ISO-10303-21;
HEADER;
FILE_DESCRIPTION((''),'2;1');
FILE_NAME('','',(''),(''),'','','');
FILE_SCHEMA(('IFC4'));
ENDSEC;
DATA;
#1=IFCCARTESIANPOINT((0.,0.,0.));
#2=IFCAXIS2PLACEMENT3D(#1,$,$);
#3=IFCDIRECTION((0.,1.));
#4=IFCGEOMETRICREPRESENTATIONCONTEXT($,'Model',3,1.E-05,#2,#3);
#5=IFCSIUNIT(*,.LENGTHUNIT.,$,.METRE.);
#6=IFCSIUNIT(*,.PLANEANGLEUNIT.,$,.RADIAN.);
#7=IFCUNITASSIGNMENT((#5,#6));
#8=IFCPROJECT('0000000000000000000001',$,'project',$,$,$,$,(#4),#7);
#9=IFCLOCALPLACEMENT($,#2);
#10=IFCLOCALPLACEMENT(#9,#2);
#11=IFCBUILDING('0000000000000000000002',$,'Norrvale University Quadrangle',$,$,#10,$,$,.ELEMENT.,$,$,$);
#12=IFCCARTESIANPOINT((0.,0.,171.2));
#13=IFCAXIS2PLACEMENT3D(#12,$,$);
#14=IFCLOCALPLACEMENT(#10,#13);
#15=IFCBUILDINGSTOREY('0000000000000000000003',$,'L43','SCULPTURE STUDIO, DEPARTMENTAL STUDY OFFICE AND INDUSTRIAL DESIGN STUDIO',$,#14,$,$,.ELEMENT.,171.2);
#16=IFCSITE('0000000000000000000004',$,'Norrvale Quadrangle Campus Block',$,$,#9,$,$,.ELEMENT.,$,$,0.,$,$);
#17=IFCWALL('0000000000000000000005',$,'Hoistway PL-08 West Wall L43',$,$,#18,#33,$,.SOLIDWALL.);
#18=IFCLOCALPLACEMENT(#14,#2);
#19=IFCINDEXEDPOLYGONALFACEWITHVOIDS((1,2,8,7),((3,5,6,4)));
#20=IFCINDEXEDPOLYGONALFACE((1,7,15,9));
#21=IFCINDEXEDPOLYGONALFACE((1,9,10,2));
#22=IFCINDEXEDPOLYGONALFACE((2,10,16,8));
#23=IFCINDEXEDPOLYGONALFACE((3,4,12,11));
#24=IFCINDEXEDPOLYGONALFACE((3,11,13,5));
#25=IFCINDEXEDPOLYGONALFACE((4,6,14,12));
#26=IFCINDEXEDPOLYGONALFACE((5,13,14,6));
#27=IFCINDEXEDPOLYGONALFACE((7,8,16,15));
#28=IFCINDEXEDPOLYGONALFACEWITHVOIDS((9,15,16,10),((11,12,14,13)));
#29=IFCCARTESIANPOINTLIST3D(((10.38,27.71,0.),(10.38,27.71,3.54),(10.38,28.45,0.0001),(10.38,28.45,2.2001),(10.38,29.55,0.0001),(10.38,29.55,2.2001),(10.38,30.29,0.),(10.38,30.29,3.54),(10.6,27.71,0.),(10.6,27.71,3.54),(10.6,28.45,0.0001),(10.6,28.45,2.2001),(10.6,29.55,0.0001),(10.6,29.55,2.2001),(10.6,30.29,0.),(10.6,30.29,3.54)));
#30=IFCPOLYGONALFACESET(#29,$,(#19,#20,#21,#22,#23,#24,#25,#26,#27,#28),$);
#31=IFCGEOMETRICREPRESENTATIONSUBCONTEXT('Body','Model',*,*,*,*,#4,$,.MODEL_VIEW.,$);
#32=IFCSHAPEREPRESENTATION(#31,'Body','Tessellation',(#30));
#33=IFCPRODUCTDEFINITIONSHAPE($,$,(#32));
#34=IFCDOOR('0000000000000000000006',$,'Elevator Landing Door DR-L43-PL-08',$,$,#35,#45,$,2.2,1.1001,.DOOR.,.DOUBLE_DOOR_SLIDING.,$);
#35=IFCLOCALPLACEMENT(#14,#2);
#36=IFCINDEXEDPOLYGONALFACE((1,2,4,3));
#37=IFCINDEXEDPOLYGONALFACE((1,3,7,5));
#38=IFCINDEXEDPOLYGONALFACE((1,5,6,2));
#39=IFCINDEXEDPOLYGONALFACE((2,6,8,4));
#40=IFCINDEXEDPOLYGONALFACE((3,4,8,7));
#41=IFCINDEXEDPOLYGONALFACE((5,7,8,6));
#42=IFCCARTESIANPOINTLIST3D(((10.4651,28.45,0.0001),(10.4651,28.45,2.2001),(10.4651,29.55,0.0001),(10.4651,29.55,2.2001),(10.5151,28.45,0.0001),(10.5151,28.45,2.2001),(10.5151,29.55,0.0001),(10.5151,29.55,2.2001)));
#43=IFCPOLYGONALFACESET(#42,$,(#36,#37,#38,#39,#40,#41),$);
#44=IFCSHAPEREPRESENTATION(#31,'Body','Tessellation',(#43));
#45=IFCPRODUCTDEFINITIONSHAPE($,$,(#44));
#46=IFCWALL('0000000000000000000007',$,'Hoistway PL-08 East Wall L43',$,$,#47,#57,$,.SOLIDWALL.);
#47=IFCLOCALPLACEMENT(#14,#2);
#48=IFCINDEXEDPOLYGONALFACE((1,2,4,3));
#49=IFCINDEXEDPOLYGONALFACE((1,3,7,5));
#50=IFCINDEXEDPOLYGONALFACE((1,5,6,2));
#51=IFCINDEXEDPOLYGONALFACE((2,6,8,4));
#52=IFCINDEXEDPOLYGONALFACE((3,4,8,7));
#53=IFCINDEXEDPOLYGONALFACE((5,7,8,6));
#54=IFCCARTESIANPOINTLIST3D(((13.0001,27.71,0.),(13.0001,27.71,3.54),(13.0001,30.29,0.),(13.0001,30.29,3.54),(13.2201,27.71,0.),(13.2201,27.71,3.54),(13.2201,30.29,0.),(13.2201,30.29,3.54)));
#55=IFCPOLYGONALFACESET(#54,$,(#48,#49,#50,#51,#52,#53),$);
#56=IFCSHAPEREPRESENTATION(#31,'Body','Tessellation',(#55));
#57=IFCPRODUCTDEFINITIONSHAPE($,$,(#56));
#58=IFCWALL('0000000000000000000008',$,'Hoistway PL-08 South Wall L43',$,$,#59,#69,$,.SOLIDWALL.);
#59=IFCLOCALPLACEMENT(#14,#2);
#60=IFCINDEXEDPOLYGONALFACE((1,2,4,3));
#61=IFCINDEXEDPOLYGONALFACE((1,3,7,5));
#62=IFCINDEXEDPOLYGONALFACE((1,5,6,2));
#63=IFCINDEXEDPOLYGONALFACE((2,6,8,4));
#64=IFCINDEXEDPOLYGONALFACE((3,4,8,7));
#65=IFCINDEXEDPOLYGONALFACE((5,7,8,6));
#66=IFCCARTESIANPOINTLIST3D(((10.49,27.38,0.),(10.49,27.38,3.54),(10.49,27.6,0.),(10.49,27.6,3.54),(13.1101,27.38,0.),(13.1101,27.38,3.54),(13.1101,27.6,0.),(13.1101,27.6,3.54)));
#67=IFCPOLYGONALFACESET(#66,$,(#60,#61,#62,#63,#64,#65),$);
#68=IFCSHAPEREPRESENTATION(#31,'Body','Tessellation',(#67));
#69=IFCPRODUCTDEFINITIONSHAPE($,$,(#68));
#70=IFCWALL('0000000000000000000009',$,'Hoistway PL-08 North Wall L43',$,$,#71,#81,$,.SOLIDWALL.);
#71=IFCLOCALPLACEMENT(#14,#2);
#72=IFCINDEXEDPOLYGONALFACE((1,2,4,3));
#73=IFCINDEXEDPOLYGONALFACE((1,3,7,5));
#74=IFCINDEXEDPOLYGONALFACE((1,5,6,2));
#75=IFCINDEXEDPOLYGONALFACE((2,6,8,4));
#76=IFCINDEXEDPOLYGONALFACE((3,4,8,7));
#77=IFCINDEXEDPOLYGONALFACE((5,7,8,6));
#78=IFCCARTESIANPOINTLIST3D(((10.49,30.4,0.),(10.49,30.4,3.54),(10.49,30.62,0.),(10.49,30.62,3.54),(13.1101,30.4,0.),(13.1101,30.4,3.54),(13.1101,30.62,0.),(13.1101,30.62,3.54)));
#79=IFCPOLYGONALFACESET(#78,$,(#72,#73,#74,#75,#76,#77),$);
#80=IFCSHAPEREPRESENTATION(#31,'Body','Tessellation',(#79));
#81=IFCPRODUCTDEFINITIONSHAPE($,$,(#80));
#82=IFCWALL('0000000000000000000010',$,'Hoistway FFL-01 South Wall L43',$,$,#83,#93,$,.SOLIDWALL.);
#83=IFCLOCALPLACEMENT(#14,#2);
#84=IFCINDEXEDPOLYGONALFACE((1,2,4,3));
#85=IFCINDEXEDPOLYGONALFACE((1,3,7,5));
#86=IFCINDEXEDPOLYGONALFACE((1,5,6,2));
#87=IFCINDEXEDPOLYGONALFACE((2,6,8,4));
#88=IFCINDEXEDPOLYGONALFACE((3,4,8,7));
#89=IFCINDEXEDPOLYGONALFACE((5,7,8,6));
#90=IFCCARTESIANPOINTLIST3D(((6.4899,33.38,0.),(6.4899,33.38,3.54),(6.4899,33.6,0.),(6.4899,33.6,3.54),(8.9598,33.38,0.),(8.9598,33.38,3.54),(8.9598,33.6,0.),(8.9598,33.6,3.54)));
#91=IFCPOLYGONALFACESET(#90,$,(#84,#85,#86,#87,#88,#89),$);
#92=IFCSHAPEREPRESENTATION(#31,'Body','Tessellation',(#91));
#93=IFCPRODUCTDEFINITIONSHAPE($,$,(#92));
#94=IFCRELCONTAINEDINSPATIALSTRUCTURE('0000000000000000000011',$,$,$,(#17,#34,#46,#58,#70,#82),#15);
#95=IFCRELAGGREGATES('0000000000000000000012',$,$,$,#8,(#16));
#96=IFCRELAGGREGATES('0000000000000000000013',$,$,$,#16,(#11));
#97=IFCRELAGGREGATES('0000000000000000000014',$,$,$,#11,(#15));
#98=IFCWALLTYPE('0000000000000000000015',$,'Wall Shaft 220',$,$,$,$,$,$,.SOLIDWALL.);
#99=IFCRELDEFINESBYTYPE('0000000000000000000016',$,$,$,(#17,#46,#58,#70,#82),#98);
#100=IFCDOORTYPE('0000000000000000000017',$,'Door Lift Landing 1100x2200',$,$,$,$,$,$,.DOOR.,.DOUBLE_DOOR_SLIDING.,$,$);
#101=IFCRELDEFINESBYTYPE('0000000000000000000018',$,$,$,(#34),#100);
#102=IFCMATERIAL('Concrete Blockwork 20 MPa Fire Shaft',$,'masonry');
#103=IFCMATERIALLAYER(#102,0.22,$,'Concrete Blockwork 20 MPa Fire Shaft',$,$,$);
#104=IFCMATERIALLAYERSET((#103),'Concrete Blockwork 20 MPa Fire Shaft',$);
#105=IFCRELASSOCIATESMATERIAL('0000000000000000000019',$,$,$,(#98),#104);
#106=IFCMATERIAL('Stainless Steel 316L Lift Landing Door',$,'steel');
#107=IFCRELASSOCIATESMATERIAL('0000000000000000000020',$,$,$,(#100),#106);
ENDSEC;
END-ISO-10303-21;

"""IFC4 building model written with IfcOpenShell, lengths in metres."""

from ifc_helpers import new_model, si_unit, direction, frame, frame_2d, origin, place, context, subcontext, project, spatial, rectangle, extrude, material, layer, layer_set, type_object, element, fill, save


model = new_model("IFC4")

# Units and contexts
model_context = context("Model", 3, precision=1e-05, world=origin(), true_north=direction((0.0, 1.0)))
body_context = subcontext(model_context, "Body", "Model", "MODEL_VIEW")
ifc_project = project(units=[si_unit("LENGTHUNIT", "METRE"), si_unit("PLANEANGLEUNIT", "RADIAN")], contexts=[model_context])

# Site, building, storey
site_placement = place(None, origin())
site = spatial("IfcSite", under=ifc_project, at=site_placement, Name="Norrvale Quadrangle Campus Block", CompositionType="ELEMENT", RefElevation=0.0)
building_placement = place(site_placement, origin())
building = spatial("IfcBuilding", under=site, at=building_placement, Name="Norrvale University Quadrangle", CompositionType="ELEMENT")
storey_placement = place(building_placement, frame((0.0, 0.0, 171.2)))
storey = spatial("IfcBuildingStorey", under=building, at=storey_placement, Name="L43", Description="SCULPTURE STUDIO, DEPARTMENTAL STUDY OFFICE AND INDUSTRIAL DESIGN STUDIO", CompositionType="ELEMENT", Elevation=171.2)

# Shared definitions
ifc_material_1 = material(Name="Concrete Blockwork 20 MPa Fire Shaft", Category="masonry")
ifc_layer_1 = layer(ifc_material_1, 0.22, Name="Concrete Blockwork 20 MPa Fire Shaft")
ifc_layer_set_1 = layer_set([ifc_layer_1], Name="Concrete Blockwork 20 MPa Fire Shaft")
wall_type_1 = type_object("IfcWallType", Name="Wall Shaft 220", PredefinedType="SOLIDWALL", material=ifc_layer_set_1)

# Shared definitions
ifc_material_2 = material(Name="Stainless Steel 316L Lift Landing Door", Category="steel")
door_type = type_object("IfcDoorType", Name="Door Lift Landing 1100x2200", OperationType="DOUBLE_DOOR_SLIDING", PredefinedType="DOOR", material=ifc_material_2)

# Wall, opening, door
wall_1_placement = place(storey_placement, frame((10.49, 27.71, 0.0), z_axis=(0.0, 0.0, 1.0), x_axis=(0.0, 1.0, 0.0)))
wall_1 = element("IfcWall", 1, at=wall_1_placement, inside=storey, type_object=wall_type_1, Name="Hoistway PL-08 West Wall L43", PredefinedType="SOLIDWALL", context=body_context, shape_type="SweptSolid", body=[
    extrude(rectangle(XDim=2.5801, YDim=0.22, at=frame_2d((1.29, 0.0))), origin(), (0.0, 0.0, 1.0), 3.54),
])
opening_1_placement = place(wall_1_placement, frame((0.74, 0.0, 0.0)))
opening_1 = element("IfcOpeningElement", 2, at=opening_1_placement, cuts=wall_1, PredefinedType="OPENING", context=body_context, shape_type="SweptSolid", body=[
    extrude(rectangle(XDim=1.1001, YDim=2.2, at=frame_2d((0.55, 1.1001))), frame((0.0, 0.1221, 0.0), z_axis=(0.0, -1.0, 0.0), x_axis=(1.0, 0.0, 0.0)), (0.0, 0.0, 1.0), 0.2439),
])
door_1_placement = place(opening_1_placement, origin())
door_1 = element("IfcDoor", 3, at=door_1_placement, inside=storey, type_object=door_type, Name="Elevator Landing Door DR-L43-PL-08", OperationType="DOUBLE_DOOR_SLIDING", OverallHeight=2.2, OverallWidth=1.1001, PredefinedType="DOOR", context=body_context, shape_type="SweptSolid", body=[
    extrude(rectangle(XDim=1.1001, YDim=2.2, at=frame_2d((0.55, 1.1001))), frame((0.0, 0.0249, 0.0), z_axis=(0.0, -1.0, 0.0), x_axis=(1.0, 0.0, 0.0)), (0.0, 0.0, 1.0), 0.05),
])
fill(opening_1, door_1)

# Walls
wall_2_placement = place(storey_placement, frame((13.1101, 27.71, 0.0), z_axis=(0.0, 0.0, 1.0), x_axis=(0.0, 1.0, 0.0)))
element("IfcWall", 4, at=wall_2_placement, inside=storey, type_object=wall_type_1, Name="Hoistway PL-08 East Wall L43", PredefinedType="SOLIDWALL", context=body_context, shape_type="SweptSolid", body=[
    extrude(rectangle(XDim=2.5801, YDim=0.22, at=frame_2d((1.29, 0.0))), origin(), (0.0, 0.0, 1.0), 3.54),
])
for number, where, z_axis, x_axis, name in (
    (5, (10.49, 27.49, 0.0), (0.0, 0.0, 1.0), (1.0, 0.0, 0.0), "Hoistway PL-08 South Wall L43"),
    (6, (10.49, 30.51, 0.0), (0.0, 0.0, 1.0), (1.0, 0.0, 0.0), "Hoistway PL-08 North Wall L43"),
):
    element("IfcWall", number, at=place(storey_placement, frame(where, z_axis=z_axis, x_axis=x_axis)), inside=storey, type_object=wall_type_1, Name=name, PredefinedType="SOLIDWALL", context=body_context, shape_type="SweptSolid", body=[
        extrude(rectangle(XDim=2.6201, YDim=0.22, at=frame_2d((1.3101, 0.0))), origin(), (0.0, 0.0, 1.0), 3.54),
    ])
wall_3_placement = place(storey_placement, frame((6.49, 33.49, 0.0), z_axis=(0.0, 0.0, 1.0), x_axis=(1.0, 0.0, 0.0)))
element("IfcWall", 7, at=wall_3_placement, inside=storey, type_object=wall_type_1, Name="Hoistway FFL-01 South Wall L43", PredefinedType="SOLIDWALL", context=body_context, shape_type="SweptSolid", body=[
    extrude(rectangle(XDim=2.47, YDim=0.22, at=frame_2d((1.2349, 0.0))), origin(), (0.0, 0.0, 1.0), 3.54),
])

save(model, "model.ifc")
